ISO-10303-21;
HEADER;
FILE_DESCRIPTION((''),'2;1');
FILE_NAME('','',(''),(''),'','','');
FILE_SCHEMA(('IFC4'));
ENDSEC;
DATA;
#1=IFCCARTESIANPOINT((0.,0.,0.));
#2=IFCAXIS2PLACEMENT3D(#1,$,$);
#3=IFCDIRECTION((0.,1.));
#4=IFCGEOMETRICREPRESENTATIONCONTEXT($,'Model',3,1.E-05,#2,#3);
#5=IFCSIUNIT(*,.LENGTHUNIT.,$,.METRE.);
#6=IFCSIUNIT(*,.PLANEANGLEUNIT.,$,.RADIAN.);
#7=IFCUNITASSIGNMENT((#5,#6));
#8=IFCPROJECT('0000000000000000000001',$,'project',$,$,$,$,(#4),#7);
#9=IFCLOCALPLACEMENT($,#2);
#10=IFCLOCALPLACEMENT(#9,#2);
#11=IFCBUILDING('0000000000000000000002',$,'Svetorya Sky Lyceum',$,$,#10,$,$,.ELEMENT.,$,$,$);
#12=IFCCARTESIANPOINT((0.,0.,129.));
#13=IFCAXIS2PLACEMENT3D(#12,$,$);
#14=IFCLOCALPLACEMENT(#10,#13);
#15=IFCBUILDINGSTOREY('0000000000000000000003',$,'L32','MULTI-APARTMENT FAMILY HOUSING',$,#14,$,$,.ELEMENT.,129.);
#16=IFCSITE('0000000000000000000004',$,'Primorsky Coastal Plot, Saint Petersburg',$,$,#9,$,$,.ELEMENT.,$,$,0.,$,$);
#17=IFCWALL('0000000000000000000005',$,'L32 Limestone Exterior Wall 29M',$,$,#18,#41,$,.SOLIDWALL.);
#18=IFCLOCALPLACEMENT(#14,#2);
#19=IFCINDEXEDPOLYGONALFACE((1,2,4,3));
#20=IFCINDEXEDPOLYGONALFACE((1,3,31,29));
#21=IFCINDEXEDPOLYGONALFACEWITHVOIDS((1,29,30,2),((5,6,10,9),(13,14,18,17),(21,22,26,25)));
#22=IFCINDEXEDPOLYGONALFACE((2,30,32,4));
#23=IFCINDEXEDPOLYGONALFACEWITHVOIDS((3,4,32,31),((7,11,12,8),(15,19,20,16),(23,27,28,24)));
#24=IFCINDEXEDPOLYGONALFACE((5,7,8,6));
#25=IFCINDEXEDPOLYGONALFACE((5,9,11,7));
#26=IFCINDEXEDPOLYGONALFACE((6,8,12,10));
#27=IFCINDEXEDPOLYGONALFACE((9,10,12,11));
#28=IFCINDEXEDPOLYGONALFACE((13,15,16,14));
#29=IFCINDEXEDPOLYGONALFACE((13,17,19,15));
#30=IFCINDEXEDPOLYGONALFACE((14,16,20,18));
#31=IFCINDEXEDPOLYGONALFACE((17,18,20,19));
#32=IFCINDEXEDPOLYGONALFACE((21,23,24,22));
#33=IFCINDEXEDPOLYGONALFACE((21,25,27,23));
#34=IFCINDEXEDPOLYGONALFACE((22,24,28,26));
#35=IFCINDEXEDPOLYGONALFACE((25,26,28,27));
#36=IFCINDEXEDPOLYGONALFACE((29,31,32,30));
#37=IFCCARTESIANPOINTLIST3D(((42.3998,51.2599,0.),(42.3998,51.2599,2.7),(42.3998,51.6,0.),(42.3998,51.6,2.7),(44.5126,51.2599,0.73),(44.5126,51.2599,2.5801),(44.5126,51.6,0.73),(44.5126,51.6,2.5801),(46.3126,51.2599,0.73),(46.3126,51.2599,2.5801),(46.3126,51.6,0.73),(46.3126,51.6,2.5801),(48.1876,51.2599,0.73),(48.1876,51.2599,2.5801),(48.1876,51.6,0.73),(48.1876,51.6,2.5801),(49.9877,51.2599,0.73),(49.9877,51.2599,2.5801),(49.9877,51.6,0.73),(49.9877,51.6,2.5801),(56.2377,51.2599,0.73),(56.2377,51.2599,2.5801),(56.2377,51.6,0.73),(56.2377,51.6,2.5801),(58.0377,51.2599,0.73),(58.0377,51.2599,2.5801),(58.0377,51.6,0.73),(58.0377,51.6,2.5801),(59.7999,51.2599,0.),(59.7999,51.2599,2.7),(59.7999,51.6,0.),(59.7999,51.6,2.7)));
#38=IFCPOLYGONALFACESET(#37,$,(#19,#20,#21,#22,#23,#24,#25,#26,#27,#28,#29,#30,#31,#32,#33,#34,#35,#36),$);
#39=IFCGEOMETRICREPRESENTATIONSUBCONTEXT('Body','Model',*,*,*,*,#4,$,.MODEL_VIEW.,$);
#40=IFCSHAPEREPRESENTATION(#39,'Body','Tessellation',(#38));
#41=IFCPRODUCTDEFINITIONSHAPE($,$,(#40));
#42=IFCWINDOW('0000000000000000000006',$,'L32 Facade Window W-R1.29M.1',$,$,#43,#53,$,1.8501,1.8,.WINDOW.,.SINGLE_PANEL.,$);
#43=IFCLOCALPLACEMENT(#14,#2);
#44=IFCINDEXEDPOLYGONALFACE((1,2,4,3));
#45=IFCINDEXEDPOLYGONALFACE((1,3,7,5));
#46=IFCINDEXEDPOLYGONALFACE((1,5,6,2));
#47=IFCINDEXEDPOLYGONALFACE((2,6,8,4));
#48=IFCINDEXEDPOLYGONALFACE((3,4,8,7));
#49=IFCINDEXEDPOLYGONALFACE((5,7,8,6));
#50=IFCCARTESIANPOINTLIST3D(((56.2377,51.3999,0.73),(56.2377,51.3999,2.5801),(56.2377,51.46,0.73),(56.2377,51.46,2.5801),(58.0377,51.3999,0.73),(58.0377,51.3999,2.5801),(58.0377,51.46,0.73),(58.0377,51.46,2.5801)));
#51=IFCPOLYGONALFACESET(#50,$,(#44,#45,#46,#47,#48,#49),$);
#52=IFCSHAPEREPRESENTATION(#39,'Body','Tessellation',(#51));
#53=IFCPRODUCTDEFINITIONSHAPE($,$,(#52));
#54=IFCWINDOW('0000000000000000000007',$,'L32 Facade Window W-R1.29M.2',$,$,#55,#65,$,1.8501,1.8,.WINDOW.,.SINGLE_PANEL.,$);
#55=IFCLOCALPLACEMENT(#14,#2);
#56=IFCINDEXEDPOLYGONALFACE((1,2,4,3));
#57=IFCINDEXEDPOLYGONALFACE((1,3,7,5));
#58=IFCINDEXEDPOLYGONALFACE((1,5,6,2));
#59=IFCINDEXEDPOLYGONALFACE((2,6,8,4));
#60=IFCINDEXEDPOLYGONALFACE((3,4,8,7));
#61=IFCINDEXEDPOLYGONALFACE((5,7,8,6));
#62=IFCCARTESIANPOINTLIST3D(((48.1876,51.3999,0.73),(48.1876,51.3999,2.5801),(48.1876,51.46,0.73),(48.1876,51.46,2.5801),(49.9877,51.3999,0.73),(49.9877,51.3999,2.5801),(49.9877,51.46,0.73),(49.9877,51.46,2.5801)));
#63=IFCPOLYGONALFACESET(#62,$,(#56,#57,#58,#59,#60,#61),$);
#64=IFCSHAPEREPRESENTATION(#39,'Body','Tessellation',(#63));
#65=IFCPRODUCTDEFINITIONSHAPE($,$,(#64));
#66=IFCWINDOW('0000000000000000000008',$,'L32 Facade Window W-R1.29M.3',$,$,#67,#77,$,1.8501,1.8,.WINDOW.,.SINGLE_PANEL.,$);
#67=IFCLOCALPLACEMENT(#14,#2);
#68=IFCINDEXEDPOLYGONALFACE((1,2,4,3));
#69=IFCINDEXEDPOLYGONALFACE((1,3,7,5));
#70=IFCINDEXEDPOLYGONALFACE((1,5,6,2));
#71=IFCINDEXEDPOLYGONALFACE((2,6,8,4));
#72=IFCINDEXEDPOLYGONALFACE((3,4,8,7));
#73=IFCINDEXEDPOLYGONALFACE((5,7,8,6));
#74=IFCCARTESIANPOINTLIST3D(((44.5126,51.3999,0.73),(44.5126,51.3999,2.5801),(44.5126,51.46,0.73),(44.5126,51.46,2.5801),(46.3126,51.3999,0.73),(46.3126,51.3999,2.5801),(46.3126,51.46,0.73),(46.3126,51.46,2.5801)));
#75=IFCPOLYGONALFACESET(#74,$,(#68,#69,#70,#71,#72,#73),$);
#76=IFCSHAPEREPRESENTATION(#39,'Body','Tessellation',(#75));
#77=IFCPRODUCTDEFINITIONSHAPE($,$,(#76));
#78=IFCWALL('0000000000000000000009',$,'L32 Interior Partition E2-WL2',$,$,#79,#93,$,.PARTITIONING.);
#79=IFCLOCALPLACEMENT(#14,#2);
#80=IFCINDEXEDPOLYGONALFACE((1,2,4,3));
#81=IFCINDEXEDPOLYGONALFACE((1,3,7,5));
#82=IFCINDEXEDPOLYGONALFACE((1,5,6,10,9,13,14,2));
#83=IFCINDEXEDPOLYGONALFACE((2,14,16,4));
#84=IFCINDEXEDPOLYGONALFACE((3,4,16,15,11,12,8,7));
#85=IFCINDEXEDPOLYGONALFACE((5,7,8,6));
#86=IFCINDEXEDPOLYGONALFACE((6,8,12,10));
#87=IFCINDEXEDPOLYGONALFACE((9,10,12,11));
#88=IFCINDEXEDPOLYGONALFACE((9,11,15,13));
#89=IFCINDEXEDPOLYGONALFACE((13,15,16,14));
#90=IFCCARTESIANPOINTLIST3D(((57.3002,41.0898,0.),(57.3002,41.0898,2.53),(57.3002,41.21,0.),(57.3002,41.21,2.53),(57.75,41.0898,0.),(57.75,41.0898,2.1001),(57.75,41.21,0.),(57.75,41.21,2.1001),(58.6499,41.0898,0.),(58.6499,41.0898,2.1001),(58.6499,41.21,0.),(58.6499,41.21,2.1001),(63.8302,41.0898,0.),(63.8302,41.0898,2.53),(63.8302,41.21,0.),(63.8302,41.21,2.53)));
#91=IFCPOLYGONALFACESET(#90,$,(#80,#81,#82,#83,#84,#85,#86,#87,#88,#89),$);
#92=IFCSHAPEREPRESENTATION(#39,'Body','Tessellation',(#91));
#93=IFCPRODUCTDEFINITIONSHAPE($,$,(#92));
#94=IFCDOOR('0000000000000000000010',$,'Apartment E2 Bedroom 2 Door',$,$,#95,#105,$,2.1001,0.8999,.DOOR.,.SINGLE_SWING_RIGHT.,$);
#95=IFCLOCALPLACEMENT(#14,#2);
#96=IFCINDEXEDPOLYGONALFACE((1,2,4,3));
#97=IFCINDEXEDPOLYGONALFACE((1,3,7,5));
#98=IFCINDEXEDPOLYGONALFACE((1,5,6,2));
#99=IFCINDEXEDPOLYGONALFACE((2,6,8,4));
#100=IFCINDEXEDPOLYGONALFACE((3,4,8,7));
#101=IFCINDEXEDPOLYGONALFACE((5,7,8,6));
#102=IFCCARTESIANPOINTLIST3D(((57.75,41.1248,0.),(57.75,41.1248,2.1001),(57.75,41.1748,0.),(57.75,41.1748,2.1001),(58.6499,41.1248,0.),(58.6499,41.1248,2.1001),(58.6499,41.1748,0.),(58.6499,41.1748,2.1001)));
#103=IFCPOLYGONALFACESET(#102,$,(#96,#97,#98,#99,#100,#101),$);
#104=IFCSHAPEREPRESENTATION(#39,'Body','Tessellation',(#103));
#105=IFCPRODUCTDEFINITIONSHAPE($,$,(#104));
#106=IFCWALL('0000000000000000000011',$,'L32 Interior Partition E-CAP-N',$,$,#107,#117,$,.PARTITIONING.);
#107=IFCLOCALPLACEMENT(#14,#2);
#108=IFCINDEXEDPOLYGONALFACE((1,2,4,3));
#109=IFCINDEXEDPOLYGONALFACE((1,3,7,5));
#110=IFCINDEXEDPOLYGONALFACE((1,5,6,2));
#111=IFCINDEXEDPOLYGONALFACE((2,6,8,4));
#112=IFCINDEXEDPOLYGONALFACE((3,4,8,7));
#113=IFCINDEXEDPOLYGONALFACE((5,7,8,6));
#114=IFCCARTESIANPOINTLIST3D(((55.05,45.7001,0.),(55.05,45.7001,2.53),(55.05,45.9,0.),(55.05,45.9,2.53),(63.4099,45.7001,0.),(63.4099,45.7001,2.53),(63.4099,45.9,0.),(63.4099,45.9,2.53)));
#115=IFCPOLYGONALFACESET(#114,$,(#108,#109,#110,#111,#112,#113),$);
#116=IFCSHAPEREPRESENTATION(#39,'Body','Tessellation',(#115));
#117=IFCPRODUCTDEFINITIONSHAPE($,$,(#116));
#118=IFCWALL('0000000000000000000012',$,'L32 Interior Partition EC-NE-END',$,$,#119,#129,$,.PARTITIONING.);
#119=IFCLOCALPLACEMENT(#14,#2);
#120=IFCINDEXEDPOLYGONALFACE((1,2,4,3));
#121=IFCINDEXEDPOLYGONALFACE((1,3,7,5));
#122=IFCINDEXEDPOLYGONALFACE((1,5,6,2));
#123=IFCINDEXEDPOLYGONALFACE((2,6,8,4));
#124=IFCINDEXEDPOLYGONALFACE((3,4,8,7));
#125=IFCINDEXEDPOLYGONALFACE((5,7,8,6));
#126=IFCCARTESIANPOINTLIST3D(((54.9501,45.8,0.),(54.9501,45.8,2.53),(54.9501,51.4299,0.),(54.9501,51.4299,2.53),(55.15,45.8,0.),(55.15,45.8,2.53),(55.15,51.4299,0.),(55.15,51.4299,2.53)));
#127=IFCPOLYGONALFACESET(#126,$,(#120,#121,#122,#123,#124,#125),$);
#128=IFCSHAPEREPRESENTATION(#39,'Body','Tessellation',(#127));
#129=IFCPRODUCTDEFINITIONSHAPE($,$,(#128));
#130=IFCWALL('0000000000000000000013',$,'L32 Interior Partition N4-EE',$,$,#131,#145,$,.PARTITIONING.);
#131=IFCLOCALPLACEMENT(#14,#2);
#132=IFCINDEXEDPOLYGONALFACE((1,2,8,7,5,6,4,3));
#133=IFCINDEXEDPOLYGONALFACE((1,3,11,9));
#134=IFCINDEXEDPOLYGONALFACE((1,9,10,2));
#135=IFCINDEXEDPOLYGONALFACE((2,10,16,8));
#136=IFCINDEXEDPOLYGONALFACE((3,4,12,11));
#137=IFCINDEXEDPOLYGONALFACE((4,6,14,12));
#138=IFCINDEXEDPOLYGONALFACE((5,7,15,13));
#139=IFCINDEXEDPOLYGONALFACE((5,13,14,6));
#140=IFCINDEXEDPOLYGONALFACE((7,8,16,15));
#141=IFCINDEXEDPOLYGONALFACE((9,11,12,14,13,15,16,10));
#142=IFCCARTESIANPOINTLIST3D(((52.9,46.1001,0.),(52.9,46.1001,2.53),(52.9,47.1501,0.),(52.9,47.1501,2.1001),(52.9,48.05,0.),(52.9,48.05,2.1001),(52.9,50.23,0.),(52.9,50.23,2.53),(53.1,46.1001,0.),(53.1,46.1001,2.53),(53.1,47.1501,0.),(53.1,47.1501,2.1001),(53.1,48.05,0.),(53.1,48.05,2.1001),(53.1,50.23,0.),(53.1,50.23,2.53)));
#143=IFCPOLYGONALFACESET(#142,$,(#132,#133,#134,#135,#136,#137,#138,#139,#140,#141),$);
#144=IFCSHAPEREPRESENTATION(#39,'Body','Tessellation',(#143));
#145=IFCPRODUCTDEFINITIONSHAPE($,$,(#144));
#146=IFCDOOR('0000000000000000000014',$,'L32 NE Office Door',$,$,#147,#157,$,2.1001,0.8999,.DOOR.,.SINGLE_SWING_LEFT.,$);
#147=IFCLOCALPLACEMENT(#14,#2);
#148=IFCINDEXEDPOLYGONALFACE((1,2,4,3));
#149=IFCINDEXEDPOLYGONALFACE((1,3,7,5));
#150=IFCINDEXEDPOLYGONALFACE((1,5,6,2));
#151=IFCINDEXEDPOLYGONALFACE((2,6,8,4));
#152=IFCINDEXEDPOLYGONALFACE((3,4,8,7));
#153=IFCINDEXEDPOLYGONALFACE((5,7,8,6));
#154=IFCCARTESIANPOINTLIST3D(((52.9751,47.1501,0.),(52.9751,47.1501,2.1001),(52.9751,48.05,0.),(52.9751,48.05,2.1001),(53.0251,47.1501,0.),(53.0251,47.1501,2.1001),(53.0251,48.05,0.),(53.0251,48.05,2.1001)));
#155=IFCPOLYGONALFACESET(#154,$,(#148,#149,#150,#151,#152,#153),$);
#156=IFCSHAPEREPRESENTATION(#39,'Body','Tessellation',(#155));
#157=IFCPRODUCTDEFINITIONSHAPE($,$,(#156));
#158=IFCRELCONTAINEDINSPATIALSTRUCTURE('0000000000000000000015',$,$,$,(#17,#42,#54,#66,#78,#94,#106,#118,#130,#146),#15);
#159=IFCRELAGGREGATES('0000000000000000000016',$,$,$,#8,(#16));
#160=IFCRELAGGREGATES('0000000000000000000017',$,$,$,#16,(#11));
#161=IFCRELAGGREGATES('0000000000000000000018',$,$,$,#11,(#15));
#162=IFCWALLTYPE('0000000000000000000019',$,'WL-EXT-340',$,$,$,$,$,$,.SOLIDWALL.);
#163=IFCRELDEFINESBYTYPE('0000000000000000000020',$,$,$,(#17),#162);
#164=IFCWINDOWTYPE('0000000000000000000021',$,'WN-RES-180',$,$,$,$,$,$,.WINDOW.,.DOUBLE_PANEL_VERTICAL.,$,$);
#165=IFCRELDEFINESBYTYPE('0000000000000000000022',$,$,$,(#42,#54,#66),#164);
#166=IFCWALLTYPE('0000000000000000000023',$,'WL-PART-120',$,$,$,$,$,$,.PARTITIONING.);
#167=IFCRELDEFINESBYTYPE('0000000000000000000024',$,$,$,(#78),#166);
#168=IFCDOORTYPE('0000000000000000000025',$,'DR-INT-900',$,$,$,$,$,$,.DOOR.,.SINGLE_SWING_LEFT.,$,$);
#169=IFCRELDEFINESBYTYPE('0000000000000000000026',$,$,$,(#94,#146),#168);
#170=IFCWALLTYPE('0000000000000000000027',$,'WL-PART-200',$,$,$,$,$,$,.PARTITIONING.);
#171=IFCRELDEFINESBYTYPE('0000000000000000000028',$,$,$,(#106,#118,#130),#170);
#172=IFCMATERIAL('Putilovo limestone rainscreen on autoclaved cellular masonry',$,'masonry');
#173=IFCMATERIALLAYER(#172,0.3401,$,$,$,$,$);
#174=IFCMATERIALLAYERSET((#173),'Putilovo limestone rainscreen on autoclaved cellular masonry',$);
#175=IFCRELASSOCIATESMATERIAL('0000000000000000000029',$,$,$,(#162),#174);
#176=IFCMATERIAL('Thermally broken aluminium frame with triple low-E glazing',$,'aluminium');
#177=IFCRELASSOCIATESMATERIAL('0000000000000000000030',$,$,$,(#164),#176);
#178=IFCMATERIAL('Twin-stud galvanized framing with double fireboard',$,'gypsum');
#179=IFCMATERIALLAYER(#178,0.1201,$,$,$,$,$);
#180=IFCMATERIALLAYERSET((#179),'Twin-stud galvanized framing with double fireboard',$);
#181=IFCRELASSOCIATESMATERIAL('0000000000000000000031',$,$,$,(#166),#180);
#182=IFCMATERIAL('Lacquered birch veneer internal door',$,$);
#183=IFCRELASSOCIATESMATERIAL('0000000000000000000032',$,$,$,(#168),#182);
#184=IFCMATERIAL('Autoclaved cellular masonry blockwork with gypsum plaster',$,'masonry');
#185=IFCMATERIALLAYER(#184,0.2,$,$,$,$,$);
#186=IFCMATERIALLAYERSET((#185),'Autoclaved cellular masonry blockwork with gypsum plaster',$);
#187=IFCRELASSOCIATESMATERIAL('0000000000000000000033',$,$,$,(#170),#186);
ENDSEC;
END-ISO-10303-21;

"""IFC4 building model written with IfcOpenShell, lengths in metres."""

from ifc_helpers import new_model, si_unit, direction, frame, frame_2d, origin, place, context, subcontext, project, spatial, rectangle, extrude, material, layer, layer_set, type_object, element, fill, save


model = new_model("IFC4")

# Units and contexts
model_context = context("Model", 3, precision=1e-05, world=origin(), true_north=direction((0.0, 1.0)))
body_context = subcontext(model_context, "Body", "Model", "MODEL_VIEW")
ifc_project = project(units=[si_unit("LENGTHUNIT", "METRE"), si_unit("PLANEANGLEUNIT", "RADIAN")], contexts=[model_context])

# Site, building, storey
site_placement = place(None, origin())
site = spatial("IfcSite", under=ifc_project, at=site_placement, Name="Primorsky Coastal Plot, Saint Petersburg", CompositionType="ELEMENT", RefElevation=0.0)
building_placement = place(site_placement, origin())
building = spatial("IfcBuilding", under=site, at=building_placement, Name="Svetorya Sky Lyceum", CompositionType="ELEMENT")
storey_placement = place(building_placement, frame((0.0, 0.0, 129.0)))
storey = spatial("IfcBuildingStorey", under=building, at=storey_placement, Name="L32", Description="MULTI-APARTMENT FAMILY HOUSING", CompositionType="ELEMENT", Elevation=129.0)

# Shared definitions
ifc_material_1 = material(Name="Putilovo limestone rainscreen on autoclaved cellular masonry", Category="masonry")
ifc_layer_1 = layer(ifc_material_1, 0.3401)
ifc_layer_set_1 = layer_set([ifc_layer_1], Name="Putilovo limestone rainscreen on autoclaved cellular masonry")
wall_type_1 = type_object("IfcWallType", Name="WL-EXT-340", PredefinedType="SOLIDWALL", material=ifc_layer_set_1)

# Wall, openings, windows
wall_1_placement = place(storey_placement, frame((59.8, 51.4299, 0.0), z_axis=(0.0, 0.0, 1.0), x_axis=(-1.0, 0.0, 0.0)))
wall_1 = element("IfcWall", 1, at=wall_1_placement, inside=storey, type_object=wall_type_1, Name="L32 Limestone Exterior Wall 29M", PredefinedType="SOLIDWALL", context=body_context, shape_type="SweptSolid", body=[
    extrude(rectangle(XDim=17.4001, YDim=0.3401, at=frame_2d((8.7002, 0.0))), origin(), (0.0, 0.0, 1.0), 2.7),
])
opening_1_placement = place(wall_1_placement, frame((1.7625, 0.0, 0.73)))
opening_1 = element("IfcOpeningElement", 2, at=opening_1_placement, cuts=wall_1, PredefinedType="OPENING", context=body_context, shape_type="SweptSolid", body=[
    extrude(rectangle(XDim=1.8, YDim=1.8501, at=frame_2d((0.8999, 0.925))), frame((0.0, 0.1799, 0.0), z_axis=(0.0, -1.0, 0.0), x_axis=(1.0, 0.0, 0.0)), (0.0, 0.0, 1.0), 0.3601),
])
opening_2_placement = place(wall_1_placement, frame((9.8125, 0.0, 0.73)))
opening_2 = element("IfcOpeningElement", 3, at=opening_2_placement, cuts=wall_1, PredefinedType="OPENING", context=body_context, shape_type="SweptSolid", body=[
    extrude(rectangle(XDim=1.8, YDim=1.8501, at=frame_2d((0.8999, 0.925))), frame((0.0, 0.1799, 0.0), z_axis=(0.0, -1.0, 0.0), x_axis=(1.0, 0.0, 0.0)), (0.0, 0.0, 1.0), 0.3601),
])
opening_3_placement = place(wall_1_placement, frame((13.4875, 0.0, 0.73)))
opening_3 = element("IfcOpeningElement", 4, at=opening_3_placement, cuts=wall_1, PredefinedType="OPENING", context=body_context, shape_type="SweptSolid", body=[
    extrude(rectangle(XDim=1.8, YDim=1.8501, at=frame_2d((0.8999, 0.925))), frame((0.0, 0.1799, 0.0), z_axis=(0.0, -1.0, 0.0), x_axis=(1.0, 0.0, 0.0)), (0.0, 0.0, 1.0), 0.3601),
])
ifc_material_2 = material(Name="Thermally broken aluminium frame with triple low-E glazing", Category="aluminium")
window_type = type_object("IfcWindowType", Name="WN-RES-180", PartitioningType="DOUBLE_PANEL_VERTICAL", PredefinedType="WINDOW", material=ifc_material_2)
window_1_placement = place(opening_1_placement, origin())
window_1 = element("IfcWindow", 5, at=window_1_placement, inside=storey, type_object=window_type, Name="L32 Facade Window W-R1.29M.1", OverallHeight=1.8501, OverallWidth=1.8, PartitioningType="SINGLE_PANEL", PredefinedType="WINDOW", context=body_context, shape_type="SweptSolid", body=[
    extrude(rectangle(XDim=1.8, YDim=1.8501, at=frame_2d((0.8999, 0.925))), frame((0.0, 0.03, 0.0), z_axis=(0.0, -1.0, 0.0), x_axis=(1.0, 0.0, 0.0)), (0.0, 0.0, 1.0), 0.0601),
])
fill(opening_1, window_1)
window_2_placement = place(opening_2_placement, origin())
window_2 = element("IfcWindow", 6, at=window_2_placement, inside=storey, type_object=window_type, Name="L32 Facade Window W-R1.29M.2", OverallHeight=1.8501, OverallWidth=1.8, PartitioningType="SINGLE_PANEL", PredefinedType="WINDOW", context=body_context, shape_type="SweptSolid", body=[
    extrude(rectangle(XDim=1.8, YDim=1.8501, at=frame_2d((0.8999, 0.925))), frame((0.0, 0.03, 0.0), z_axis=(0.0, -1.0, 0.0), x_axis=(1.0, 0.0, 0.0)), (0.0, 0.0, 1.0), 0.0601),
])
fill(opening_2, window_2)
window_3_placement = place(opening_3_placement, origin())
window_3 = element("IfcWindow", 7, at=window_3_placement, inside=storey, type_object=window_type, Name="L32 Facade Window W-R1.29M.3", OverallHeight=1.8501, OverallWidth=1.8, PartitioningType="SINGLE_PANEL", PredefinedType="WINDOW", context=body_context, shape_type="SweptSolid", body=[
    extrude(rectangle(XDim=1.8, YDim=1.8501, at=frame_2d((0.8999, 0.925))), frame((0.0, 0.03, 0.0), z_axis=(0.0, -1.0, 0.0), x_axis=(1.0, 0.0, 0.0)), (0.0, 0.0, 1.0), 0.0601),
])
fill(opening_3, window_3)

# Wall, opening, door
ifc_material_3 = material(Name="Twin-stud galvanized framing with double fireboard", Category="gypsum")
ifc_layer_2 = layer(ifc_material_3, 0.1201)
ifc_layer_set_2 = layer_set([ifc_layer_2], Name="Twin-stud galvanized framing with double fireboard")
wall_type_2 = type_object("IfcWallType", Name="WL-PART-120", PredefinedType="PARTITIONING", material=ifc_layer_set_2)
wall_2_placement = place(storey_placement, frame((57.3, 41.1499, 0.0), z_axis=(0.0, 0.0, 1.0), x_axis=(1.0, 0.0, 0.0)))
wall_2 = element("IfcWall", 8, at=wall_2_placement, inside=storey, type_object=wall_type_2, Name="L32 Interior Partition E2-WL2", PredefinedType="PARTITIONING", context=body_context, shape_type="SweptSolid", body=[
    extrude(rectangle(XDim=6.53, YDim=0.1201, at=frame_2d((3.2651, 0.0))), origin(), (0.0, 0.0, 1.0), 2.53),
])
opening_4_placement = place(wall_2_placement, frame((0.45, 0.0, 0.0)))
opening_4 = element("IfcOpeningElement", 9, at=opening_4_placement, cuts=wall_2, PredefinedType="OPENING", context=body_context, shape_type="SweptSolid", body=[
    extrude(rectangle(XDim=0.8999, YDim=2.1001, at=frame_2d((0.45, 1.05))), frame((0.0, 0.0701, 0.0), z_axis=(0.0, -1.0, 0.0), x_axis=(1.0, 0.0, 0.0)), (0.0, 0.0, 1.0), 0.1401),
])
ifc_material_4 = material(Name="Lacquered birch veneer internal door")
door_type = type_object("IfcDoorType", Name="DR-INT-900", OperationType="SINGLE_SWING_LEFT", PredefinedType="DOOR", material=ifc_material_4)
door_1_placement = place(opening_4_placement, origin())
door_1 = element("IfcDoor", 10, at=door_1_placement, inside=storey, type_object=door_type, Name="Apartment E2 Bedroom 2 Door", OperationType="SINGLE_SWING_RIGHT", OverallHeight=2.1001, OverallWidth=0.8999, PredefinedType="DOOR", context=body_context, shape_type="SweptSolid", body=[
    extrude(rectangle(XDim=0.8999, YDim=2.1001, at=frame_2d((0.45, 1.05))), frame((0.0, 0.0249, 0.0), z_axis=(0.0, -1.0, 0.0), x_axis=(1.0, 0.0, 0.0)), (0.0, 0.0, 1.0), 0.05),
])
fill(opening_4, door_1)

# Walls
ifc_material_5 = material(Name="Autoclaved cellular masonry blockwork with gypsum plaster", Category="masonry")
ifc_layer_3 = layer(ifc_material_5, 0.2)
ifc_layer_set_3 = layer_set([ifc_layer_3], Name="Autoclaved cellular masonry blockwork with gypsum plaster")
wall_type_3 = type_object("IfcWallType", Name="WL-PART-200", PredefinedType="PARTITIONING", material=ifc_layer_set_3)
wall_3_placement = place(storey_placement, frame((55.05, 45.8, 0.0), z_axis=(0.0, 0.0, 1.0), x_axis=(1.0, 0.0, 0.0)))
element("IfcWall", 11, at=wall_3_placement, inside=storey, type_object=wall_type_3, Name="L32 Interior Partition E-CAP-N", PredefinedType="PARTITIONING", context=body_context, shape_type="SweptSolid", body=[
    extrude(rectangle(XDim=8.3599, YDim=0.2, at=frame_2d((4.1799, 0.0))), origin(), (0.0, 0.0, 1.0), 2.53),
])
wall_4_placement = place(storey_placement, frame((55.05, 45.8, 0.0), z_axis=(0.0, 0.0, 1.0), x_axis=(0.0, 1.0, 0.0)))
element("IfcWall", 12, at=wall_4_placement, inside=storey, type_object=wall_type_3, Name="L32 Interior Partition EC-NE-END", PredefinedType="PARTITIONING", context=body_context, shape_type="SweptSolid", body=[
    extrude(rectangle(XDim=5.6299, YDim=0.2, at=frame_2d((2.8149, 0.0))), origin(), (0.0, 0.0, 1.0), 2.53),
])

# Wall, opening, door
wall_5_placement = place(storey_placement, frame((53.0, 46.1001, 0.0), z_axis=(0.0, 0.0, 1.0), x_axis=(0.0, 1.0, 0.0)))
wall_5 = element("IfcWall", 13, at=wall_5_placement, inside=storey, type_object=wall_type_3, Name="L32 Interior Partition N4-EE", PredefinedType="PARTITIONING", context=body_context, shape_type="SweptSolid", body=[
    extrude(rectangle(XDim=4.1299, YDim=0.2, at=frame_2d((2.0649, 0.0))), origin(), (0.0, 0.0, 1.0), 2.53),
])
opening_5_placement = place(wall_5_placement, frame((1.05, 0.0, 0.0)))
opening_5 = element("IfcOpeningElement", 14, at=opening_5_placement, cuts=wall_5, PredefinedType="OPENING", context=body_context, shape_type="SweptSolid", body=[
    extrude(rectangle(XDim=0.8999, YDim=2.1001, at=frame_2d((0.45, 1.05))), frame((0.0, 0.1099, 0.0), z_axis=(0.0, -1.0, 0.0), x_axis=(1.0, 0.0, 0.0)), (0.0, 0.0, 1.0), 0.22),
])
door_2_placement = place(opening_5_placement, origin())
door_2 = element("IfcDoor", 15, at=door_2_placement, inside=storey, type_object=door_type, Name="L32 NE Office Door", OperationType="SINGLE_SWING_LEFT", OverallHeight=2.1001, OverallWidth=0.8999, PredefinedType="DOOR", context=body_context, shape_type="SweptSolid", body=[
    extrude(rectangle(XDim=0.8999, YDim=2.1001, at=frame_2d((0.45, 1.05))), frame((0.0, 0.0249, 0.0), z_axis=(0.0, -1.0, 0.0), x_axis=(1.0, 0.0, 0.0)), (0.0, 0.0, 1.0), 0.05),
])
fill(opening_5, door_2)

save(model, "model.ifc")
